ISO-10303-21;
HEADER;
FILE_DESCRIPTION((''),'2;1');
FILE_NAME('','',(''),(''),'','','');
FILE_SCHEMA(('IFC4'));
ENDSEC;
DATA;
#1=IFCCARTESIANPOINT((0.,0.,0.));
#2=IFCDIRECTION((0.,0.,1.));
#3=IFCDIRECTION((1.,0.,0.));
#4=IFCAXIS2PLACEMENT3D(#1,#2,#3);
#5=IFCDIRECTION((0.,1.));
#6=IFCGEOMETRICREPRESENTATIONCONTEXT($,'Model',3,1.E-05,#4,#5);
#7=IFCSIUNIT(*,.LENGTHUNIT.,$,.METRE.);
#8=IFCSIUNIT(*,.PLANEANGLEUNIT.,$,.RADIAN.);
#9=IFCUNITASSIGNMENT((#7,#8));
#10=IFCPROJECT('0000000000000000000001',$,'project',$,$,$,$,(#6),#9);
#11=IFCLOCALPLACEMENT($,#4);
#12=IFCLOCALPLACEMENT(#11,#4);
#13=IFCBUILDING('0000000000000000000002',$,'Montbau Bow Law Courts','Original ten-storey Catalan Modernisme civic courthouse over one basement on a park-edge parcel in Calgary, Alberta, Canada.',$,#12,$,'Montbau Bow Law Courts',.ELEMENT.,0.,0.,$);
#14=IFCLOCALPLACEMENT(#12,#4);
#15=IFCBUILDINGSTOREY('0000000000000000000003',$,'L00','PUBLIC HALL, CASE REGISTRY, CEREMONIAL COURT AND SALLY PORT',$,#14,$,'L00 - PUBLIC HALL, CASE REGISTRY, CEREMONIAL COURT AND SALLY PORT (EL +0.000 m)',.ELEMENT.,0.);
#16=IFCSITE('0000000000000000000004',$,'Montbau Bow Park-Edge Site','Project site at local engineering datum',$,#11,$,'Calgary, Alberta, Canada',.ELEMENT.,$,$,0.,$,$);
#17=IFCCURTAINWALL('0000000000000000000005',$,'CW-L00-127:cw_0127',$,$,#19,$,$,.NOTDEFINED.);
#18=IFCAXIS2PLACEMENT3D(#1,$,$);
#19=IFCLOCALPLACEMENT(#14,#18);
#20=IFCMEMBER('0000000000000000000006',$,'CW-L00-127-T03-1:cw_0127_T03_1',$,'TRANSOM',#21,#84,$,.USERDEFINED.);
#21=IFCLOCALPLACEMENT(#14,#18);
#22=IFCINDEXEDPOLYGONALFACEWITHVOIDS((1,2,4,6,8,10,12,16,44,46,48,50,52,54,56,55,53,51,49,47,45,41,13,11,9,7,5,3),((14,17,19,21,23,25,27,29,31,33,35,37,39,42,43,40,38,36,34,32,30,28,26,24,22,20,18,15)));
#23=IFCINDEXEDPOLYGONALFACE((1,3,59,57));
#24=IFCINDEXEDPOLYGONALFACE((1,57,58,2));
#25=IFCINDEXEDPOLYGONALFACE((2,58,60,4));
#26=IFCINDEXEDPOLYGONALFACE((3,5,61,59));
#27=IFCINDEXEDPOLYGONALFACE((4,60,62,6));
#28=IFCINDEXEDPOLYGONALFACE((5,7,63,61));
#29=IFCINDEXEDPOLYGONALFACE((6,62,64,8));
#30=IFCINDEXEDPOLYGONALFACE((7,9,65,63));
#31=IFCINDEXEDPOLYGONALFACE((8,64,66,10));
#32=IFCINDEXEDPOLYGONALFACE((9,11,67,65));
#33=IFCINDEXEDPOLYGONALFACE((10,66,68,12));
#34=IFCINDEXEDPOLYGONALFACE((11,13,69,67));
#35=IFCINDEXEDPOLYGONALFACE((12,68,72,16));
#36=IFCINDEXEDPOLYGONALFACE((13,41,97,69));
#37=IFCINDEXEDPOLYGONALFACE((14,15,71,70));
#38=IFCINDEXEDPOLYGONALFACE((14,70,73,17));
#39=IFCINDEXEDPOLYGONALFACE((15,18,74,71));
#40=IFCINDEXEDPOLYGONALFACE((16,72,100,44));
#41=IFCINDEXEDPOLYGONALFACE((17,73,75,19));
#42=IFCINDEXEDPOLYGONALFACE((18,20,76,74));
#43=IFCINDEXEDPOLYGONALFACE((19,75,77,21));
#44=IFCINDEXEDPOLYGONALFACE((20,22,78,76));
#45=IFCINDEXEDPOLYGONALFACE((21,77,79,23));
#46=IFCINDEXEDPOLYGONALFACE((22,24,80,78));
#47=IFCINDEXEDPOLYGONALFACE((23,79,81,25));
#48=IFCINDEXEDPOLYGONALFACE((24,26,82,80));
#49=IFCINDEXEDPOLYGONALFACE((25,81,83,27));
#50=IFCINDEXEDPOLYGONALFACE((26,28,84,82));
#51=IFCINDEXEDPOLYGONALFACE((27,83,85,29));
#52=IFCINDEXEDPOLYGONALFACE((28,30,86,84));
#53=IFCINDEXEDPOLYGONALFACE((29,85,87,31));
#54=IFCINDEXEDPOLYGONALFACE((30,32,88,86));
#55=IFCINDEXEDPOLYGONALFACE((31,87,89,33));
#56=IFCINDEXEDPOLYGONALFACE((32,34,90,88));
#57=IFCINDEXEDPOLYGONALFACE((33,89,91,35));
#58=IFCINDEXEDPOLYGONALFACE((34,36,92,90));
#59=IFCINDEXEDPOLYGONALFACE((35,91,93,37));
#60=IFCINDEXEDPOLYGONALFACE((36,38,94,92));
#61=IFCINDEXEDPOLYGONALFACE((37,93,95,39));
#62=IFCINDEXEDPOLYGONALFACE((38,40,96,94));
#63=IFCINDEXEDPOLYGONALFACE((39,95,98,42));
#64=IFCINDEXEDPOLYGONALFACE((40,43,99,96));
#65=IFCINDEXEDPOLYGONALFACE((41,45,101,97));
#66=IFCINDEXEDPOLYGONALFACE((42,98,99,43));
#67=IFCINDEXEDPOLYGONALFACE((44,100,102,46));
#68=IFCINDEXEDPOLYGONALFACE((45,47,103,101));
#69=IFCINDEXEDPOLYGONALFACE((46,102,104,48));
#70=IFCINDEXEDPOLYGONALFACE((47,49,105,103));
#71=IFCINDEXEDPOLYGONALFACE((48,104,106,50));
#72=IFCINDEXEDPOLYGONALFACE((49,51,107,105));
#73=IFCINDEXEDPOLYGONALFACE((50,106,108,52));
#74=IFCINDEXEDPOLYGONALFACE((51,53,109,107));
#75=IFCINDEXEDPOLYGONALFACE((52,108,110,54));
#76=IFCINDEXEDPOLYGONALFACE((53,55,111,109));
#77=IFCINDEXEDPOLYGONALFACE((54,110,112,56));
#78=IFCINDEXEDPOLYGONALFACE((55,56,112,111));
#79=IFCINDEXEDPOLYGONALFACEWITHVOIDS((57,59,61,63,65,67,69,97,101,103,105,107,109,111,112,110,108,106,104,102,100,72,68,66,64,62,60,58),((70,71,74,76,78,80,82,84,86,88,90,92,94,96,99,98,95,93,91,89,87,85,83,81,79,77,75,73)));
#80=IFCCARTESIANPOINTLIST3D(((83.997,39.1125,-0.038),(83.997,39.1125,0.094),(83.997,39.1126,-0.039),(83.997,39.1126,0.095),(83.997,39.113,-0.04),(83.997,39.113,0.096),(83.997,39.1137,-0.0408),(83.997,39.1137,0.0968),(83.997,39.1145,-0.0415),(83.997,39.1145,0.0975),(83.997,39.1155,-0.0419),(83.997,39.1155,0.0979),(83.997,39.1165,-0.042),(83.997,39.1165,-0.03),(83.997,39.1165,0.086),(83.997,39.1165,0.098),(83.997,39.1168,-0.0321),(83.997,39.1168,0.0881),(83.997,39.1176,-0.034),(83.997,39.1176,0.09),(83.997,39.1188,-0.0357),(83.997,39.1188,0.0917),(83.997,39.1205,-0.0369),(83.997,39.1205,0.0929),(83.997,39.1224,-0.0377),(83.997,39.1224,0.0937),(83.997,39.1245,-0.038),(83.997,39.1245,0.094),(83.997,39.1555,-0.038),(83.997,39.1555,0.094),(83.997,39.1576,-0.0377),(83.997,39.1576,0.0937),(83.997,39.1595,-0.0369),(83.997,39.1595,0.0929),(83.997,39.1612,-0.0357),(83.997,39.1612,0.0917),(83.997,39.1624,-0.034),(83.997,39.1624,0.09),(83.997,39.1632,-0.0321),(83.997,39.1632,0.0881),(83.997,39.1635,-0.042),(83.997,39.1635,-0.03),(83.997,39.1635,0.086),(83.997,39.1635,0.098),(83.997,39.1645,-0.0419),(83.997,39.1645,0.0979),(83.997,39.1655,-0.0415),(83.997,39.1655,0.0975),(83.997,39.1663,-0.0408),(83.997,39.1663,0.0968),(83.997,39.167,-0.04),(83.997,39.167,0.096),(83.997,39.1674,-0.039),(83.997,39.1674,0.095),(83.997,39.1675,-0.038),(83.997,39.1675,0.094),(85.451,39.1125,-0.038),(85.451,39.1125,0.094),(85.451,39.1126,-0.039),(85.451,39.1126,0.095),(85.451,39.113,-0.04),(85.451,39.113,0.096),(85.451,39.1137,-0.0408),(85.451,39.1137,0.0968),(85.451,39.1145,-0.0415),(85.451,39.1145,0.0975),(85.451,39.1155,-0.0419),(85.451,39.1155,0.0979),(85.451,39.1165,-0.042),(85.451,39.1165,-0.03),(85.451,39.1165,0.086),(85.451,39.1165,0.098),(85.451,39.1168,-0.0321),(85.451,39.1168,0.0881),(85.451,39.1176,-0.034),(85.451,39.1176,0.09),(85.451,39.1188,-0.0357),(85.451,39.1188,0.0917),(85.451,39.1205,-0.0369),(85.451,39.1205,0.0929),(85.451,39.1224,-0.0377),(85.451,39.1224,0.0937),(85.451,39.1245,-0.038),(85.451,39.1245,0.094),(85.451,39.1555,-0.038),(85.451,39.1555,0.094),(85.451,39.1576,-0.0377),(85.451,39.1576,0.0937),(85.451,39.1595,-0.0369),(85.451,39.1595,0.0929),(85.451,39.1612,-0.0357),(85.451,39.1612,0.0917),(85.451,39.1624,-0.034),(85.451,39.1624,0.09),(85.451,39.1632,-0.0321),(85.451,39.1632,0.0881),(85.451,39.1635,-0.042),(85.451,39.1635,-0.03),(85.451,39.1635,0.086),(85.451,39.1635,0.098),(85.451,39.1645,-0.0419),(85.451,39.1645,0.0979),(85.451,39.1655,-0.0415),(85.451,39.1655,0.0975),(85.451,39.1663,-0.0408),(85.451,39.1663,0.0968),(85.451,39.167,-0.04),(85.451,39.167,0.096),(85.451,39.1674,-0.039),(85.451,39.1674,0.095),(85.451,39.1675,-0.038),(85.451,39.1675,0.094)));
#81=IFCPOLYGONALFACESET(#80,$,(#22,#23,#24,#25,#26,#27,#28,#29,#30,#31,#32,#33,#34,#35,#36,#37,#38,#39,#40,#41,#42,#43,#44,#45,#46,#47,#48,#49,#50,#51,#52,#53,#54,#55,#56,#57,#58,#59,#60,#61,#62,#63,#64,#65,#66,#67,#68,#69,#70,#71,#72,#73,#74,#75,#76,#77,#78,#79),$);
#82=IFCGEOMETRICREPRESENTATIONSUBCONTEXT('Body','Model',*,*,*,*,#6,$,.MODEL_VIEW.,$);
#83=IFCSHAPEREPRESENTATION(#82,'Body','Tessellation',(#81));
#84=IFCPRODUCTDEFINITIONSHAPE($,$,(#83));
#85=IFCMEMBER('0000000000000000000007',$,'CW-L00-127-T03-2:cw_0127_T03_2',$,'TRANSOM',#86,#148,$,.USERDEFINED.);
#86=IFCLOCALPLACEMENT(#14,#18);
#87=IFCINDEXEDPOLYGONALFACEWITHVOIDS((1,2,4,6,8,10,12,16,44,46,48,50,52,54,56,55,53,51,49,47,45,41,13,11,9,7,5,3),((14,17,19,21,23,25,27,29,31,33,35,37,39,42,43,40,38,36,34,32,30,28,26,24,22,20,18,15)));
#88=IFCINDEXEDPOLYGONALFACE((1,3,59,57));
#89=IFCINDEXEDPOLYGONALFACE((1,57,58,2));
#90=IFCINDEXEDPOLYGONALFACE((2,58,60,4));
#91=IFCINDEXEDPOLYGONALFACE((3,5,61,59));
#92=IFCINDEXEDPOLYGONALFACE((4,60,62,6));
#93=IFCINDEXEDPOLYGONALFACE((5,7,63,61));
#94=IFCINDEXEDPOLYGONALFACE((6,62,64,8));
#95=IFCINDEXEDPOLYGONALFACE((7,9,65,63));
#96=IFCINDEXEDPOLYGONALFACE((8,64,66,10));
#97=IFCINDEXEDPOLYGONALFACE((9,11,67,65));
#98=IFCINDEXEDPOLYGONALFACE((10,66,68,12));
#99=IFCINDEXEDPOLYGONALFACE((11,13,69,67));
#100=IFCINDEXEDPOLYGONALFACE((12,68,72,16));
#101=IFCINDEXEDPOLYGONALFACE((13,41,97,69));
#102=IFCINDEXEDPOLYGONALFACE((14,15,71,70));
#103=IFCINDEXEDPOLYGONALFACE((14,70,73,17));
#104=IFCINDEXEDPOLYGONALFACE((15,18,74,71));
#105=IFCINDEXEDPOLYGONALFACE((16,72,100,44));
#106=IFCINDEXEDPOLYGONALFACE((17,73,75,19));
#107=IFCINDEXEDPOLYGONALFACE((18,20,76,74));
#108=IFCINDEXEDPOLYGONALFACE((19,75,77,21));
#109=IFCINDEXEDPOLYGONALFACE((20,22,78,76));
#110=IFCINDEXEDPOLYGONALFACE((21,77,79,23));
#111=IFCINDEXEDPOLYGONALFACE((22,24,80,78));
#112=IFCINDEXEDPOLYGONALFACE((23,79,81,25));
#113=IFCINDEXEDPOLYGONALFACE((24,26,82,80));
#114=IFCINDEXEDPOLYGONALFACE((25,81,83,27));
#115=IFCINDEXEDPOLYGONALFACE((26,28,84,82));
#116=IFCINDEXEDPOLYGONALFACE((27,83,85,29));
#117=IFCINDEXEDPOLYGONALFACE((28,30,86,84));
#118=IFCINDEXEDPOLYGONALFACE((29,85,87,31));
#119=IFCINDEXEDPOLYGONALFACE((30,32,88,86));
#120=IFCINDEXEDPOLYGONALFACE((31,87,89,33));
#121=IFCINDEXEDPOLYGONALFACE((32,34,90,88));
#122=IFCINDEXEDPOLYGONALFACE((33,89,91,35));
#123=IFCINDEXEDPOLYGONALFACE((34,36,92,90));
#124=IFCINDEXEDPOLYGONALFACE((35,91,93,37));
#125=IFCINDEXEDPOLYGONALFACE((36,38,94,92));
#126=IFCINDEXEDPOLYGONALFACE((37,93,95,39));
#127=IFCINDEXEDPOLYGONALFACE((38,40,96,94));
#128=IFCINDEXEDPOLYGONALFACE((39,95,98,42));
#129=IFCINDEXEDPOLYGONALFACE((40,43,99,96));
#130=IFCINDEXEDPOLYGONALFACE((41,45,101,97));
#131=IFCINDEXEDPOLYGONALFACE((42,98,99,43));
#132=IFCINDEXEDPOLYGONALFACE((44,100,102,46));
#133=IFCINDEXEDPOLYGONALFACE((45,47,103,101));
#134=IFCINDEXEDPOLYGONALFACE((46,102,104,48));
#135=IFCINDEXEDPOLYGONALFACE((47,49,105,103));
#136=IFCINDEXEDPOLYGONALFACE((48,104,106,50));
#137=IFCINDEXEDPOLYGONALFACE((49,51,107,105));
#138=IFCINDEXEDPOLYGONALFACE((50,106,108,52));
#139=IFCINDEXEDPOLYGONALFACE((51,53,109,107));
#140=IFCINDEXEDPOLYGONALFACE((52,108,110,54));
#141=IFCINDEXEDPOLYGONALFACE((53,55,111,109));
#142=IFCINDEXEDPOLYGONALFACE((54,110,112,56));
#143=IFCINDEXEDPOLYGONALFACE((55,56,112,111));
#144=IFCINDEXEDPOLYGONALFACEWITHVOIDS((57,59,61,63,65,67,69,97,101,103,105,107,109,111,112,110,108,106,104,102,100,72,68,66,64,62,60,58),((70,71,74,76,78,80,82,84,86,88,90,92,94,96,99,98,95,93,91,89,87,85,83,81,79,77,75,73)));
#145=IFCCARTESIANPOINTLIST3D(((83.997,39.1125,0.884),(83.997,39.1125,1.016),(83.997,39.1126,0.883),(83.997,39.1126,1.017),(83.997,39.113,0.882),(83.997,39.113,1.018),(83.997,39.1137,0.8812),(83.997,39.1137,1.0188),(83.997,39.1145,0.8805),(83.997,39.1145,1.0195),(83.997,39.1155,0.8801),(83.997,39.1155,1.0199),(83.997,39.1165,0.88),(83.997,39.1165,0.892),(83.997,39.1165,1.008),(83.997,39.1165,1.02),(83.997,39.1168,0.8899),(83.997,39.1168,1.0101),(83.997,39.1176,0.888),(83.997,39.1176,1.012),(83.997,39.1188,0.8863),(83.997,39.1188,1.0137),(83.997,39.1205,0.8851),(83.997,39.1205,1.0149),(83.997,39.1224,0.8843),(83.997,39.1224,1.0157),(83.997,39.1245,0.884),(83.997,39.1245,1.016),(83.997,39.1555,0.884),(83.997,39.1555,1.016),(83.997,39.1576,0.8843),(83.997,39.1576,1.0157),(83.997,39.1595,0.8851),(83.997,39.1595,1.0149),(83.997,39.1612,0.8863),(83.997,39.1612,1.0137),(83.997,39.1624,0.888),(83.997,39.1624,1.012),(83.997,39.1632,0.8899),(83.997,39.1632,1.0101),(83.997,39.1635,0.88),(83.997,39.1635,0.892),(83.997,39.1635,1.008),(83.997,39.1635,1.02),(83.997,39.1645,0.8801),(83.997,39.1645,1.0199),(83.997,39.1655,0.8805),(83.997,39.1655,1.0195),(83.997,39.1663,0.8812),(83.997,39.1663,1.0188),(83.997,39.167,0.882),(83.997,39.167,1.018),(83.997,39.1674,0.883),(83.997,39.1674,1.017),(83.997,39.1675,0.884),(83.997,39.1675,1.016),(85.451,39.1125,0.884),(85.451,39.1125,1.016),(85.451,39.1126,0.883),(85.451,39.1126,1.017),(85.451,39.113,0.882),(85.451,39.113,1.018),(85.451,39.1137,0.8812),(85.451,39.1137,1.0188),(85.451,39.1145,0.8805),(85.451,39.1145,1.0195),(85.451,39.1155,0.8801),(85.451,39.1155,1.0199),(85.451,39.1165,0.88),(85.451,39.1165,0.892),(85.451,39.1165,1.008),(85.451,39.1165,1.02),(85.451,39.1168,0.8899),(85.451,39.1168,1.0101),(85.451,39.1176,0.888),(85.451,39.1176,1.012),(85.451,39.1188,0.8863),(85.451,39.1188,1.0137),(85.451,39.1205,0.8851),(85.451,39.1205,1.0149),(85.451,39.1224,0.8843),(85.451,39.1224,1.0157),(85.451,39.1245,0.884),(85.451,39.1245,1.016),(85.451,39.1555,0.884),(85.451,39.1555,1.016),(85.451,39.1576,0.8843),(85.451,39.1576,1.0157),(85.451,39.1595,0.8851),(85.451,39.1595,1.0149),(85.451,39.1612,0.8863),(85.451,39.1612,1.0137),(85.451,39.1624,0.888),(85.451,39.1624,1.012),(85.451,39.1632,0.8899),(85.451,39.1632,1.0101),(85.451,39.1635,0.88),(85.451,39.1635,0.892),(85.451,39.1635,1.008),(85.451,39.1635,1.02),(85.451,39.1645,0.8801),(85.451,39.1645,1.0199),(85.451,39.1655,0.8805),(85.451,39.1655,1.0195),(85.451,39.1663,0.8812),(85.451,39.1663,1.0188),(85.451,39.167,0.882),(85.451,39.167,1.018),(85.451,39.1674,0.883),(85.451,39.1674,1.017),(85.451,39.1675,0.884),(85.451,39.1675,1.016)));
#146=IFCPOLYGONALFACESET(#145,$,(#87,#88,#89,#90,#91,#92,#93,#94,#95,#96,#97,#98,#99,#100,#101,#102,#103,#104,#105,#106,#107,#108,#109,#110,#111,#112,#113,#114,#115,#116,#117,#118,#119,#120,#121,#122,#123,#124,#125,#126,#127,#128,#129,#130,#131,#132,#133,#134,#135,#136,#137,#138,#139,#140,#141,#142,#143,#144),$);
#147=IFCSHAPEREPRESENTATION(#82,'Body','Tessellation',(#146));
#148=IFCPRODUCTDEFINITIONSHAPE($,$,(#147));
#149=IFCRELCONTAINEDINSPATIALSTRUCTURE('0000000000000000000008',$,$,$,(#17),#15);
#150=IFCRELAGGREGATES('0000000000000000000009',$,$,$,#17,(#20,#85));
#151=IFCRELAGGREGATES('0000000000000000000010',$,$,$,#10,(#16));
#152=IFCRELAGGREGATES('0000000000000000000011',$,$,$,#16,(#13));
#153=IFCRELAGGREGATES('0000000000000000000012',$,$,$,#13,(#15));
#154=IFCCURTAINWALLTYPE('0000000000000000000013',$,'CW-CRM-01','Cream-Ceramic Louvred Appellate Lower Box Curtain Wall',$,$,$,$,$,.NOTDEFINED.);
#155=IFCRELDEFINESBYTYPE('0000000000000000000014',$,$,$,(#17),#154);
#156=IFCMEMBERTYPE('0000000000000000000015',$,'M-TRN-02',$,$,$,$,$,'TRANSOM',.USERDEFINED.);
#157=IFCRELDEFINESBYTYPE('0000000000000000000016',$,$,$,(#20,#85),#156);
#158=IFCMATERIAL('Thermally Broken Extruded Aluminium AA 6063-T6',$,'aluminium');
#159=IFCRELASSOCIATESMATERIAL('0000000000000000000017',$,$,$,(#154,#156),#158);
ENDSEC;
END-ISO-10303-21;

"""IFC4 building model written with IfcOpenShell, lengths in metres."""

from ifc_helpers import new_model, si_unit, direction, frame, origin_with_axes, origin_2d_with_axis, place, context, subcontext, project, spatial, hollow_rectangle, extrude, material, material_profile, profile_set, type_object, element, aggregate, save


model = new_model("IFC4")

# Units and contexts
model_context = context("Model", 3, precision=1e-05, world=origin_with_axes(), true_north=direction((0.0, 1.0)))
body_context = subcontext(model_context, "Body", "Model", "MODEL_VIEW")
ifc_project = project(units=[si_unit("LENGTHUNIT", "METRE"), si_unit("PLANEANGLEUNIT", "RADIAN")], contexts=[model_context])

# Site, building, storey
site_placement = place(None, origin_with_axes())
site = spatial("IfcSite", under=ifc_project, at=site_placement, Name="Montbau Bow Park-Edge Site", Description="Project site at local engineering datum", LongName="Calgary, Alberta, Canada", CompositionType="ELEMENT", RefElevation=0.0)
building_placement = place(site_placement, origin_with_axes())
building = spatial("IfcBuilding", under=site, at=building_placement, Name="Montbau Bow Law Courts", Description="Original ten-storey Catalan Modernisme civic courthouse over one basement on a park-edge parcel in Calgary, Alberta, Canada.", LongName="Montbau Bow Law Courts", CompositionType="ELEMENT", ElevationOfRefHeight=0.0, ElevationOfTerrain=0.0)
storey_placement = place(building_placement, origin_with_axes())
storey = spatial("IfcBuildingStorey", under=building, at=storey_placement, Name="L00", Description="PUBLIC HALL, CASE REGISTRY, CEREMONIAL COURT AND SALLY PORT", LongName="L00 - PUBLIC HALL, CASE REGISTRY, CEREMONIAL COURT AND SALLY PORT (EL +0.000 m)", CompositionType="ELEMENT", Elevation=0.0)

# Curtain wall, members
ifc_material_1 = material(Name="Thermally Broken Extruded Aluminium AA 6063-T6", Category="aluminium")
curtain_wall_type = type_object("IfcCurtainWallType", Name="CW-CRM-01", Description="Cream-Ceramic Louvred Appellate Lower Box Curtain Wall", PredefinedType="NOTDEFINED", material=ifc_material_1)
curtain_wall_placement = place(None, frame((80.915, 39.14, 0.0), z_axis=(0.0, 0.0, 1.0), x_axis=(1.0, 0.0, 0.0)))
curtain_wall = element("IfcCurtainWall", 1, at=curtain_wall_placement, inside=storey, type_object=curtain_wall_type, Name="CW-L00-127:cw_0127", PredefinedType="NOTDEFINED")
ifc_material_profile_1 = material_profile(ifc_material_1, hollow_rectangle(XDim=0.055, YDim=0.14, WallThickness=0.004, InnerFilletRadius=0.008, OuterFilletRadius=0.004, at=origin_2d_with_axis()), Name="CWT-140X55", Category="Main", Priority=0)
ifc_profile_set_1 = profile_set([ifc_material_profile_1], Name="Thermally Broken Extruded Aluminium AA 6063-T6")
member_type_1 = type_object("IfcMemberType", Name="M-TRN-02", ElementType="TRANSOM", PredefinedType="USERDEFINED", material=ifc_profile_set_1)
member_1_placement = place(None, frame((83.997, 39.14, 0.028), z_axis=(1.0, 0.0, 0.0), x_axis=(0.0, 1.0, 0.0)))
member_1 = element("IfcMember", 2, at=member_1_placement, type_object=member_type_1, Name="CW-L00-127-T03-1:cw_0127_T03_1", ObjectType="TRANSOM", PredefinedType="USERDEFINED", context=body_context, shape_type="SweptSolid", body=[
    extrude(hollow_rectangle(XDim=0.055, YDim=0.14, WallThickness=0.004, InnerFilletRadius=0.008, OuterFilletRadius=0.004, at=origin_2d_with_axis()), origin_with_axes(), (0.0, 0.0, 1.0), 1.454),
])
member_2_placement = place(None, frame((83.997, 39.14, 0.95), z_axis=(1.0, 0.0, 0.0), x_axis=(0.0, 1.0, 0.0)))
member_2 = element("IfcMember", 3, at=member_2_placement, type_object=member_type_1, Name="CW-L00-127-T03-2:cw_0127_T03_2", ObjectType="TRANSOM", PredefinedType="USERDEFINED", context=body_context, shape_type="SweptSolid", body=[
    extrude(hollow_rectangle(XDim=0.055, YDim=0.14, WallThickness=0.004, InnerFilletRadius=0.008, OuterFilletRadius=0.004, at=origin_2d_with_axis()), origin_with_axes(), (0.0, 0.0, 1.0), 1.454),
])
aggregate(curtain_wall, [member_1, member_2])

save(model, "model.ifc")
